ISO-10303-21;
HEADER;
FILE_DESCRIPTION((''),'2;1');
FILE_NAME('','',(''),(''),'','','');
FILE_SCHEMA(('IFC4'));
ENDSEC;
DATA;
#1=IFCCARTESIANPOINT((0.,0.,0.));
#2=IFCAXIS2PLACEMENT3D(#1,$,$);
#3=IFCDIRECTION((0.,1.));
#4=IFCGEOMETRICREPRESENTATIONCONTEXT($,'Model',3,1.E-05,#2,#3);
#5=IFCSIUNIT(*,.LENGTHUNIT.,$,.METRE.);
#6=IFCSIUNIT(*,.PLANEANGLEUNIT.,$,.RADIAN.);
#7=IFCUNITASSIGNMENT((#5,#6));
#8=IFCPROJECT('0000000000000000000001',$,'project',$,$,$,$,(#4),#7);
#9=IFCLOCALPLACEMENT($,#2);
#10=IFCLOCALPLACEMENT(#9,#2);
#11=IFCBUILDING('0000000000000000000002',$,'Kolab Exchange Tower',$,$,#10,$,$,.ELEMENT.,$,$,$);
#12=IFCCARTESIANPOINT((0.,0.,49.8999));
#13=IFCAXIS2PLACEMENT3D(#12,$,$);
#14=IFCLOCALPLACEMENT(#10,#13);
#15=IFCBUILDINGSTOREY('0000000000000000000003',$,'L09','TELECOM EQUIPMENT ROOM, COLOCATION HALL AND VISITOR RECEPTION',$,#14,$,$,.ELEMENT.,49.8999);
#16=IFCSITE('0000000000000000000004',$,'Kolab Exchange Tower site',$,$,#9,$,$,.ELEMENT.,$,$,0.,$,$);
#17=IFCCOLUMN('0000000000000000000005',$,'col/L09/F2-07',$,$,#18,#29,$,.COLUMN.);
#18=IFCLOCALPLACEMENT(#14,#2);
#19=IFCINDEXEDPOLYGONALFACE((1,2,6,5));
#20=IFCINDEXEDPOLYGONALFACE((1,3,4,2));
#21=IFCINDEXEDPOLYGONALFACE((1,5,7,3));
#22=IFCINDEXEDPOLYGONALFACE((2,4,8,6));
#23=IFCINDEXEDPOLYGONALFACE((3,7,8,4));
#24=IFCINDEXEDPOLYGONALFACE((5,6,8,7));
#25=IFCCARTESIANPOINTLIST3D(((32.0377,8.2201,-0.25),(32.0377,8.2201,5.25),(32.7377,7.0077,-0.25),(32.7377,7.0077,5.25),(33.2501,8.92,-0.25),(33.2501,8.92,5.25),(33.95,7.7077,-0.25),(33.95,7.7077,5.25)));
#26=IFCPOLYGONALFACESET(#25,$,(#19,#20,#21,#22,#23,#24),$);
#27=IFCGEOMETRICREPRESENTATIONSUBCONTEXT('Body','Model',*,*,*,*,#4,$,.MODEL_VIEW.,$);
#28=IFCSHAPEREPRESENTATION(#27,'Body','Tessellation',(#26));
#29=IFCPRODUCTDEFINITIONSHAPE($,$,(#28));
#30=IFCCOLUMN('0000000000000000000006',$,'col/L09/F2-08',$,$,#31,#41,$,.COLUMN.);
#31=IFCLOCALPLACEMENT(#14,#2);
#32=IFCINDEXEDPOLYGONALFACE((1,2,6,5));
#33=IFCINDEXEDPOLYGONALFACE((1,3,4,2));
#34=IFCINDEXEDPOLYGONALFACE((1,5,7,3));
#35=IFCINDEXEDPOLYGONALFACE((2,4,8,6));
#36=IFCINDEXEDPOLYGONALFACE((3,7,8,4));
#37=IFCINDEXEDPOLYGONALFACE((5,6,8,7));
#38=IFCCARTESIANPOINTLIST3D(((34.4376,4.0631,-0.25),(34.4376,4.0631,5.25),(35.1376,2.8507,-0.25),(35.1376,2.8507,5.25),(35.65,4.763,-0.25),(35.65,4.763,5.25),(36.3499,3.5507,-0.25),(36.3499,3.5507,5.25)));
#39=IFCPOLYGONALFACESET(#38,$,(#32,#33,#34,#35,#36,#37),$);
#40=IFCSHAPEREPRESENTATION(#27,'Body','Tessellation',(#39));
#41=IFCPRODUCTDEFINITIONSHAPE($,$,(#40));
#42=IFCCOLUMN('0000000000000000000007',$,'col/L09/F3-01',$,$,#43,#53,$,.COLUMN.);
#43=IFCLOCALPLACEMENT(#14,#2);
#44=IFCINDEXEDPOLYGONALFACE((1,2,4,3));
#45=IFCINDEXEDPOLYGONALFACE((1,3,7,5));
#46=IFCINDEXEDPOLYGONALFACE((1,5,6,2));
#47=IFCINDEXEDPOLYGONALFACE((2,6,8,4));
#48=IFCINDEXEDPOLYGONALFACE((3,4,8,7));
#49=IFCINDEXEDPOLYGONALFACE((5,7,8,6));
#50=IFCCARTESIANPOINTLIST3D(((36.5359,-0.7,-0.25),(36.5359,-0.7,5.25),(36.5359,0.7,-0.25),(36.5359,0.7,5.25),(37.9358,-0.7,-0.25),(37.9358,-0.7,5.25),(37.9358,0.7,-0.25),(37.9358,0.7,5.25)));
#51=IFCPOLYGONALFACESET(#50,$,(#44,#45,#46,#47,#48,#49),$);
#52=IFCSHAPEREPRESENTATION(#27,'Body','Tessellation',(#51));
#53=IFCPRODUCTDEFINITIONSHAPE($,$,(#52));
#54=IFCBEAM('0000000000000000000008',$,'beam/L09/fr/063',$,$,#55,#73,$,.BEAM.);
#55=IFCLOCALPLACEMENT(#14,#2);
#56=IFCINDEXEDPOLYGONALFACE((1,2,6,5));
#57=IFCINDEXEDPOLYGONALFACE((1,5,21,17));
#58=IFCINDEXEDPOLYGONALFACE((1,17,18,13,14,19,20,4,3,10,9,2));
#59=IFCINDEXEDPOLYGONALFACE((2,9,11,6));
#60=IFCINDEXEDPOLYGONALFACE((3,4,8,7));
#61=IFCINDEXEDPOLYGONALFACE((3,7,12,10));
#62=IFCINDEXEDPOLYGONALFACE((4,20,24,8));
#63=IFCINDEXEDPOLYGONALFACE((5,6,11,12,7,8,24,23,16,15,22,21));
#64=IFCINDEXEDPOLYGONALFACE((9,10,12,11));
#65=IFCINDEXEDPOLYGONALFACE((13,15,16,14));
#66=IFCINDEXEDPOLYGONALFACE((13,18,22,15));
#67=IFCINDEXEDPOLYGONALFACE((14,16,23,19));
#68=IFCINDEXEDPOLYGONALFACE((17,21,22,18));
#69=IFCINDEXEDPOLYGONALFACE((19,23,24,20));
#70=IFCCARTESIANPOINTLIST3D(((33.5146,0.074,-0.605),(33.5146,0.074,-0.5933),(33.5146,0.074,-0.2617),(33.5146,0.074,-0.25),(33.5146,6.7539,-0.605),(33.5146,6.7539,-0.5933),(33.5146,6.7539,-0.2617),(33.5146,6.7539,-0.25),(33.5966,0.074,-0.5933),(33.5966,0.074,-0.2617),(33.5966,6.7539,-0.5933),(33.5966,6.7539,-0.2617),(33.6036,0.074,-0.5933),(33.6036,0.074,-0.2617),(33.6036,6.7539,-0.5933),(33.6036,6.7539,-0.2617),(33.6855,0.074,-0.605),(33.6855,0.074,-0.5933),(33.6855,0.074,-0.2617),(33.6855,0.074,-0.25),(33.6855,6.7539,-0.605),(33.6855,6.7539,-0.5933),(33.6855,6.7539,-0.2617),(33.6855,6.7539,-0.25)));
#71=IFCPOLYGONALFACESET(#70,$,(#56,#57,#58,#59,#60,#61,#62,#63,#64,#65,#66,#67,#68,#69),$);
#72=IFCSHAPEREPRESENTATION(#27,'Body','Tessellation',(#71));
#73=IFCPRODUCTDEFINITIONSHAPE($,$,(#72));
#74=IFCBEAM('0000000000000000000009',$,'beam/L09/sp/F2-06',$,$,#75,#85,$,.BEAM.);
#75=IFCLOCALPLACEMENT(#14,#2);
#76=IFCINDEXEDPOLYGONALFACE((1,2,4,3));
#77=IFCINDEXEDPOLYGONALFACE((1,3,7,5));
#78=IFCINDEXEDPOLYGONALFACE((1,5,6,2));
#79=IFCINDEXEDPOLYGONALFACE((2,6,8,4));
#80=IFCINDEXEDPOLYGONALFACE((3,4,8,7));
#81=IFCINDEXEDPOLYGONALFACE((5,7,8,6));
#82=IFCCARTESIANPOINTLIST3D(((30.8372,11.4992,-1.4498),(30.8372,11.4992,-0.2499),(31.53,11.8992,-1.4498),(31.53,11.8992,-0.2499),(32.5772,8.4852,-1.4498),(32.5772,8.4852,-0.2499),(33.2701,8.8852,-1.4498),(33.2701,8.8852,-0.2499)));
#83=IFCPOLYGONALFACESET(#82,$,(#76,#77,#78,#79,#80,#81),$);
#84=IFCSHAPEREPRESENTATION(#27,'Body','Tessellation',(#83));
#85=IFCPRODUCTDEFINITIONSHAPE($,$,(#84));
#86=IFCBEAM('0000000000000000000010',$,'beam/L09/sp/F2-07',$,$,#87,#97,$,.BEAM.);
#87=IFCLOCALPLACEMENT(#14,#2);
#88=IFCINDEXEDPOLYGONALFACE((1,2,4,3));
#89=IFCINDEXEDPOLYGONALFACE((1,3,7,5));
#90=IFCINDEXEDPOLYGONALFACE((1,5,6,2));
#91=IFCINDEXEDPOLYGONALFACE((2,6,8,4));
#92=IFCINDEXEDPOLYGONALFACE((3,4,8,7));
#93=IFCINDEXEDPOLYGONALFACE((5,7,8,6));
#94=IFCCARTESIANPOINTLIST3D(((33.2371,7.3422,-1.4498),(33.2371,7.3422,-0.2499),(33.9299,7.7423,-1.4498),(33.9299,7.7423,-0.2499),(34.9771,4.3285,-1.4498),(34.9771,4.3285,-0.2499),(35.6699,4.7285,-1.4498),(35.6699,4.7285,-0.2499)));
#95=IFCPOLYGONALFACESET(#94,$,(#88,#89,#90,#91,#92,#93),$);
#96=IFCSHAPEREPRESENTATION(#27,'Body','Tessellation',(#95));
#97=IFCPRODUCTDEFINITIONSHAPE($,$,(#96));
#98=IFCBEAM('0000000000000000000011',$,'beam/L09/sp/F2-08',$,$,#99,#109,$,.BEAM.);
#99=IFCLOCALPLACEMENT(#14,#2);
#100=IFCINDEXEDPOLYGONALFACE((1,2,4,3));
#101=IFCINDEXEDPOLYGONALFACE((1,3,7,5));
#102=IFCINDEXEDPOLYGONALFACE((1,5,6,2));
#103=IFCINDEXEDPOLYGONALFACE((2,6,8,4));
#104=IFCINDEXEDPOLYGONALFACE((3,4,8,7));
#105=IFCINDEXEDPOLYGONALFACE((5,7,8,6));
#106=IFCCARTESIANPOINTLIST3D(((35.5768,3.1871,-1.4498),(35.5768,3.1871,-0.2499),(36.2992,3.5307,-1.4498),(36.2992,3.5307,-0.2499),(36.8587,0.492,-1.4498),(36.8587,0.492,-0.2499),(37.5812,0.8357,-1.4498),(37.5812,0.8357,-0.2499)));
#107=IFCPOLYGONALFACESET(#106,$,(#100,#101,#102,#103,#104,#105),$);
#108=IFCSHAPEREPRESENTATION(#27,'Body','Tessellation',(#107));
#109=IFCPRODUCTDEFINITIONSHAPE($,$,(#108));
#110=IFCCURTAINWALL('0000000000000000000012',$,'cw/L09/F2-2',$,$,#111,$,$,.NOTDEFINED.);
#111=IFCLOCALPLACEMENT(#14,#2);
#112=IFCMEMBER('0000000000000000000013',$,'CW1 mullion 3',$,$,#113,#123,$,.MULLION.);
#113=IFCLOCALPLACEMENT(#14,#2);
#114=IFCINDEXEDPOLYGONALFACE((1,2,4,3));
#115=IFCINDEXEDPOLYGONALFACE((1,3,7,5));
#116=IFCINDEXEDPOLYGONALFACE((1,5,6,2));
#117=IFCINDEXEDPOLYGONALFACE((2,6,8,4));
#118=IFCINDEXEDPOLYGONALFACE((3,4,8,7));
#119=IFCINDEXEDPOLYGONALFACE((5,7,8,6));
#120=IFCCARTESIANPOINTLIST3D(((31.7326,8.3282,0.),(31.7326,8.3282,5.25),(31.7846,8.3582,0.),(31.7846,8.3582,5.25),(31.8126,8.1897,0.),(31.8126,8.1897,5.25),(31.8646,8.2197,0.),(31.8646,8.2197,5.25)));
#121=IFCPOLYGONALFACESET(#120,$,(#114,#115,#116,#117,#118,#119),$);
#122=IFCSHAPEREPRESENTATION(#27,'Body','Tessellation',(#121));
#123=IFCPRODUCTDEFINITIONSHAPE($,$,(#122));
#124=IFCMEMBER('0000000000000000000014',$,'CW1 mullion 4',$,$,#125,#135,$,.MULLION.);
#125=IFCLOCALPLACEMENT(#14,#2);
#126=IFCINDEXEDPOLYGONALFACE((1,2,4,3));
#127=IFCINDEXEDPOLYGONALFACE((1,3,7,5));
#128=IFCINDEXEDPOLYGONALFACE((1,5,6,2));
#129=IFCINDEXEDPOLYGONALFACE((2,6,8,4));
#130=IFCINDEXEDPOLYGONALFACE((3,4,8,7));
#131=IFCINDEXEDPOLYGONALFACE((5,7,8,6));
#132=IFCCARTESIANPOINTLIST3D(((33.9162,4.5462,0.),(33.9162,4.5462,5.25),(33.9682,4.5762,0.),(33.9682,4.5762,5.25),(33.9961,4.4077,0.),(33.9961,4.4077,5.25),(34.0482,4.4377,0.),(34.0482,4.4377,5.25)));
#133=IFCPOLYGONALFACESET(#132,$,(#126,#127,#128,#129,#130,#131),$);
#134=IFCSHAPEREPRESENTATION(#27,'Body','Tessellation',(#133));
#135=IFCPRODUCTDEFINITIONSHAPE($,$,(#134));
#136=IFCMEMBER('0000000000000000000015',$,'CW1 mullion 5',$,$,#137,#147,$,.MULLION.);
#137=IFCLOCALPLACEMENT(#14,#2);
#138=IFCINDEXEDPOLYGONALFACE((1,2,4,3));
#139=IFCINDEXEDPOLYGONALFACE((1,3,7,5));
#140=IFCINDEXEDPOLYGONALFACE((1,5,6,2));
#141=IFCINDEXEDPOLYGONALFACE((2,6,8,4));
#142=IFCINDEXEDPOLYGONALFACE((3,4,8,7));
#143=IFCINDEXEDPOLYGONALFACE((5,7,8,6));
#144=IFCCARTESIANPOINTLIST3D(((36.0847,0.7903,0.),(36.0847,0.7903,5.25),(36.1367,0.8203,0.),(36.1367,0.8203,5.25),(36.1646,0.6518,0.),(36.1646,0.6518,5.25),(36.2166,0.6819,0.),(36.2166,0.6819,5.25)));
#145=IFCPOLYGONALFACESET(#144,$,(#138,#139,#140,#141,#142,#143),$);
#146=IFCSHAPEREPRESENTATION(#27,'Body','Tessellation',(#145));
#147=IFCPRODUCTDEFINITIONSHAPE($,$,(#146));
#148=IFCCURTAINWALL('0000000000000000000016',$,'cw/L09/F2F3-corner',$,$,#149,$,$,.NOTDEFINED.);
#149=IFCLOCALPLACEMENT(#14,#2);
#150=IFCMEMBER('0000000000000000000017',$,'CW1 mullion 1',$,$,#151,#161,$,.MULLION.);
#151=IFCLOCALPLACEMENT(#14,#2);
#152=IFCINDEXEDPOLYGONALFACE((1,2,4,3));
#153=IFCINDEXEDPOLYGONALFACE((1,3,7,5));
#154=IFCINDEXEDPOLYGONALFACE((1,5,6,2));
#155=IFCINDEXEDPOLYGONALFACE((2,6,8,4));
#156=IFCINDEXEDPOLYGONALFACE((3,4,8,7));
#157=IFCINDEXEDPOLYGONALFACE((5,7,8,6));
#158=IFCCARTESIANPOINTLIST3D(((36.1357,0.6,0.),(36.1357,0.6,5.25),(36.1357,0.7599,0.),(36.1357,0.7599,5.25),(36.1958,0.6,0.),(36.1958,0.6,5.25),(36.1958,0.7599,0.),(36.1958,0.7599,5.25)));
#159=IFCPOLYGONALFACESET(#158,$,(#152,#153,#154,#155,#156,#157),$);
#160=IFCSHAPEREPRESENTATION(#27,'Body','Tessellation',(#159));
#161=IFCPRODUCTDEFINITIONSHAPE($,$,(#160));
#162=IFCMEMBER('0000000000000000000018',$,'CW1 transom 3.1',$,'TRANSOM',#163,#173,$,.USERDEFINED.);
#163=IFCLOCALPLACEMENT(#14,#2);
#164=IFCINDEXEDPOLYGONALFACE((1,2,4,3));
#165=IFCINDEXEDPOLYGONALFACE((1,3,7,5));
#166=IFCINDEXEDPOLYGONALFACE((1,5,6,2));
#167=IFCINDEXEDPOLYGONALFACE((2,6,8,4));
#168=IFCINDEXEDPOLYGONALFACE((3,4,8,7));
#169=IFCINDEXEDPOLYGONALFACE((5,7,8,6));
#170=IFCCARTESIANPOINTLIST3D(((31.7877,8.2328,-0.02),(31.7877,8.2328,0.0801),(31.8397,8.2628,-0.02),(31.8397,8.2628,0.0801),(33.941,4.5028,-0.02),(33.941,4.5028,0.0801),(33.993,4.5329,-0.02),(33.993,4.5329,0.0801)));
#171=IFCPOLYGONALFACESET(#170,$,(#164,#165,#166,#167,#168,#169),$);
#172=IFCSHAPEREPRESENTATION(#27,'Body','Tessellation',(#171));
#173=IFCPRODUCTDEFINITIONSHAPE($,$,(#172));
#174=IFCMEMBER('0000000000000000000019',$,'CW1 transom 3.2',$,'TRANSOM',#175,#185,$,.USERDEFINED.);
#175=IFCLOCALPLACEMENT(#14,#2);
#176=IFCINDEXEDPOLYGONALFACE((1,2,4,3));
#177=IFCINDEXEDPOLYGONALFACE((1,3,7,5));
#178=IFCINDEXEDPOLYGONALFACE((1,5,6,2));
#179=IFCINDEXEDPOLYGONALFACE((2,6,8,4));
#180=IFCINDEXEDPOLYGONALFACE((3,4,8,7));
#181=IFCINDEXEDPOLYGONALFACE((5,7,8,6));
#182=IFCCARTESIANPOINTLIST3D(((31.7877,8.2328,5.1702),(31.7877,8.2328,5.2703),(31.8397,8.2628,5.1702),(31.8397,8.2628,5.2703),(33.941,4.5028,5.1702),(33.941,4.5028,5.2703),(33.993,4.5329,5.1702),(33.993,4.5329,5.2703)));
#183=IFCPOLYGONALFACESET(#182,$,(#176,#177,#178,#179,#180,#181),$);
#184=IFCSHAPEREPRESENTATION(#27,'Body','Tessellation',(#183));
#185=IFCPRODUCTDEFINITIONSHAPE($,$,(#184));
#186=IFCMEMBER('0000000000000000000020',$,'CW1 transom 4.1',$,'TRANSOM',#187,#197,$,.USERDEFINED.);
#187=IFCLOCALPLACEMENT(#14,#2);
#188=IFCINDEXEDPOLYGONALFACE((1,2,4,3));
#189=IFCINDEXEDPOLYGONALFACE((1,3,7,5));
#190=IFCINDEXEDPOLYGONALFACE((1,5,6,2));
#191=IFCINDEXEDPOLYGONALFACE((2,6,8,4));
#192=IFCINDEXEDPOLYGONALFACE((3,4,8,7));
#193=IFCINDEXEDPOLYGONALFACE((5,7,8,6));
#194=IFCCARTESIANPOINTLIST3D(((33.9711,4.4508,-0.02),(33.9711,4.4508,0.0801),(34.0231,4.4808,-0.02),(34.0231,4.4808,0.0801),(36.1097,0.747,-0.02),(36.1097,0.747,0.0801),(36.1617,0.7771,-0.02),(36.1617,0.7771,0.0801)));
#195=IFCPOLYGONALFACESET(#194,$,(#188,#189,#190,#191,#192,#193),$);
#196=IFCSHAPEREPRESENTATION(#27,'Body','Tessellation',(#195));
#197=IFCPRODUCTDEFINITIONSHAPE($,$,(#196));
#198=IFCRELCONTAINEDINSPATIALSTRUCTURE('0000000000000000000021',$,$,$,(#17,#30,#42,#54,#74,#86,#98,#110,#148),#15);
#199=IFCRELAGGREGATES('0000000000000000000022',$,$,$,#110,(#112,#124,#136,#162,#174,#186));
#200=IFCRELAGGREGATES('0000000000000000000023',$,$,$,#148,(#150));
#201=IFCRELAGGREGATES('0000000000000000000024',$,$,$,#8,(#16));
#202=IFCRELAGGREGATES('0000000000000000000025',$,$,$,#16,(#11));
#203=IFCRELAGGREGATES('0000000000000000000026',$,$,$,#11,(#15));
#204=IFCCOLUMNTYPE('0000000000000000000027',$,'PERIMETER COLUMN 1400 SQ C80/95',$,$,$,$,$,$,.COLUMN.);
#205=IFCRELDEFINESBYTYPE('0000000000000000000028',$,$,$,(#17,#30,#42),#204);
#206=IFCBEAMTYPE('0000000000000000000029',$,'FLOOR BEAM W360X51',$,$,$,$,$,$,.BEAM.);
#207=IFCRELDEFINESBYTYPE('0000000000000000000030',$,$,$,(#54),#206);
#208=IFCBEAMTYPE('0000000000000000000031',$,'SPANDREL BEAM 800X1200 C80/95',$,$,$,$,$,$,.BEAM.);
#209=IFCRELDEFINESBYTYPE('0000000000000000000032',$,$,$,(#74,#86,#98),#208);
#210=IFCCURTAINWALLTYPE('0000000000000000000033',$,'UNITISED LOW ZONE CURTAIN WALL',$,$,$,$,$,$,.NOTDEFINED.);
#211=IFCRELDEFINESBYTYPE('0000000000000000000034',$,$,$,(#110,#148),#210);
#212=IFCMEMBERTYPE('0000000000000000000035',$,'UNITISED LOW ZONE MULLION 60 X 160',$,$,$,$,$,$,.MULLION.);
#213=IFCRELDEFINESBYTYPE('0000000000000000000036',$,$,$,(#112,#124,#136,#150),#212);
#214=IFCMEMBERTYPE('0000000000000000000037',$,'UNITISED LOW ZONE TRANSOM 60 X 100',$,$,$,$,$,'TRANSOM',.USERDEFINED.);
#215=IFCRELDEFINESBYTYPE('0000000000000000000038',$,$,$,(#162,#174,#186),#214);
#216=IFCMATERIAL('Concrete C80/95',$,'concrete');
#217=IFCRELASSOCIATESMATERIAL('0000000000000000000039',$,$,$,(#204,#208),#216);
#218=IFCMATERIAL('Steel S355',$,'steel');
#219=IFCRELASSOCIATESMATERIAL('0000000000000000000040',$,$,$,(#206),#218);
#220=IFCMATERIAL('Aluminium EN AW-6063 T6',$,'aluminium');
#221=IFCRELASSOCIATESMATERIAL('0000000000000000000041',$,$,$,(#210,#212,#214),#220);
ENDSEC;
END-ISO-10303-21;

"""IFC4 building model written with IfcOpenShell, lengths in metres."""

from ifc_helpers import new_model, si_unit, direction, frame, origin, origin_2d, place, context, subcontext, project, spatial, rectangle, i_section, extrude, material, material_profile, profile_set, type_object, element, aggregate, save


model = new_model("IFC4")

# Units and contexts
model_context = context("Model", 3, precision=1e-05, world=origin(), true_north=direction((0.0, 1.0)))
body_context = subcontext(model_context, "Body", "Model", "MODEL_VIEW")
ifc_project = project(units=[si_unit("LENGTHUNIT", "METRE"), si_unit("PLANEANGLEUNIT", "RADIAN")], contexts=[model_context])

# Site, building, storey
site_placement = place(None, origin())
site = spatial("IfcSite", under=ifc_project, at=site_placement, Name="Kolab Exchange Tower site", CompositionType="ELEMENT", RefElevation=0.0)
building_placement = place(site_placement, origin())
building = spatial("IfcBuilding", under=site, at=building_placement, Name="Kolab Exchange Tower", CompositionType="ELEMENT")
storey_placement = place(building_placement, frame((0.0, 0.0, 49.8999)))
storey = spatial("IfcBuildingStorey", under=building, at=storey_placement, Name="L09", Description="TELECOM EQUIPMENT ROOM, COLOCATION HALL AND VISITOR RECEPTION", CompositionType="ELEMENT", Elevation=49.8999)

# Columns
ifc_material_1 = material(Name="Concrete C80/95", Category="concrete")
ifc_material_profile_1 = material_profile(ifc_material_1, rectangle(XDim=1.3999, YDim=1.3999, at=origin_2d()), Name="RC1400")
ifc_profile_set_1 = profile_set([ifc_material_profile_1], Name="Concrete C80/95")
column_type = type_object("IfcColumnType", Name="PERIMETER COLUMN 1400 SQ C80/95", PredefinedType="COLUMN", material=ifc_profile_set_1)
for number, where, z_axis, x_axis, name in (
    (1, (32.9939, 7.9639, -0.25), (0.0, 0.0, 1.0), (0.866025, 0.5, 0.0), "col/L09/F2-07"),
    (2, (35.3938, 3.8069, -0.25), (0.0, 0.0, 1.0), (0.866025, 0.5, 0.0), "col/L09/F2-08"),
    (3, (37.2358, 0.0, -0.25), (0.0, 0.0, 1.0), (1.0, 0.0, 0.0), "col/L09/F3-01"),
):
    element("IfcColumn", number, at=place(storey_placement, frame(where, z_axis=z_axis, x_axis=x_axis)), inside=storey, type_object=column_type, Name=name, PredefinedType="COLUMN", context=body_context, shape_type="SweptSolid", body=[
        extrude(rectangle(XDim=1.3999, YDim=1.3999, at=origin_2d()), origin(), (0.0, 0.0, 1.0), 5.5),
    ])

# Beams
ifc_material_2 = material(Name="Steel S355", Category="steel")
ifc_material_profile_2 = material_profile(ifc_material_2, i_section(OverallWidth=0.1709, OverallDepth=0.355, WebThickness=0.0071, FlangeThickness=0.0117, at=origin_2d()), Name="W360X51")
ifc_profile_set_2 = profile_set([ifc_material_profile_2], Name="Steel S355")
beam_type_1 = type_object("IfcBeamType", Name="FLOOR BEAM W360X51", PredefinedType="BEAM", material=ifc_profile_set_2)
beam_1_placement = place(storey_placement, frame((33.6001, 0.074, -0.4275), z_axis=(0.0, 1.0, 0.0), x_axis=(-1.0, 0.0, 0.0)))
element("IfcBeam", 4, at=beam_1_placement, inside=storey, type_object=beam_type_1, Name="beam/L09/fr/063", PredefinedType="BEAM", context=body_context, shape_type="SweptSolid", body=[
    extrude(i_section(OverallWidth=0.1709, OverallDepth=0.355, WebThickness=0.0071, FlangeThickness=0.0117, at=origin_2d()), origin(), (0.0, 0.0, 1.0), 6.6799),
])
ifc_material_profile_3 = material_profile(ifc_material_1, rectangle(XDim=0.8, YDim=1.2, at=origin_2d()), Name="RC800X1200")
ifc_profile_set_3 = profile_set([ifc_material_profile_3], Name="Concrete C80/95")
beam_type_2 = type_object("IfcBeamType", Name="SPANDREL BEAM 800X1200 C80/95", PredefinedType="BEAM", material=ifc_profile_set_3)
beam_2_placement = place(storey_placement, frame((31.1836, 11.6992, -0.8499), z_axis=(0.49998, -0.866037, 0.0), x_axis=(0.866037, 0.49998, 0.0)))
element("IfcBeam", 5, at=beam_2_placement, inside=storey, type_object=beam_type_2, Name="beam/L09/sp/F2-06", PredefinedType="BEAM", context=body_context, shape_type="SweptSolid", body=[
    extrude(rectangle(XDim=0.8, YDim=1.2, at=origin_2d()), origin(), (0.0, 0.0, 1.0), 3.4802),
])
beam_3_placement = place(storey_placement, frame((33.5835, 7.5422, -0.8499), z_axis=(0.50001, -0.86602, 0.0), x_axis=(0.86602, 0.50001, 0.0)))
element("IfcBeam", 6, at=beam_3_placement, inside=storey, type_object=beam_type_2, Name="beam/L09/sp/F2-07", PredefinedType="BEAM", context=body_context, shape_type="SweptSolid", body=[
    extrude(rectangle(XDim=0.8, YDim=1.2, at=origin_2d()), origin(), (0.0, 0.0, 1.0), 3.48),
])
beam_4_placement = place(storey_placement, frame((35.938, 3.3589, -0.8499), z_axis=(0.429556, -0.90304, 0.0), x_axis=(0.90304, 0.429556, 0.0)))
element("IfcBeam", 7, at=beam_4_placement, inside=storey, type_object=beam_type_2, Name="beam/L09/sp/F2-08", PredefinedType="BEAM", context=body_context, shape_type="SweptSolid", body=[
    extrude(rectangle(XDim=0.8, YDim=1.2, at=origin_2d()), origin(), (0.0, 0.0, 1.0), 2.9844),
])

# Curtain wall, members
ifc_material_3 = material(Name="Aluminium EN AW-6063 T6", Category="aluminium")
curtain_wall_type = type_object("IfcCurtainWallType", Name="UNITISED LOW ZONE CURTAIN WALL", PredefinedType="NOTDEFINED", material=ifc_material_3)
curtain_wall_1_placement = place(storey_placement, origin())
curtain_wall_1 = element("IfcCurtainWall", 8, at=curtain_wall_1_placement, inside=storey, type_object=curtain_wall_type, Name="cw/L09/F2-2", PredefinedType="NOTDEFINED")
ifc_material_profile_4 = material_profile(ifc_material_3, rectangle(XDim=0.0601, YDim=0.1599, at=origin_2d()), Name="RECT 60X160")
ifc_profile_set_4 = profile_set([ifc_material_profile_4], Name="Aluminium EN AW-6063 T6")
member_type_1 = type_object("IfcMemberType", Name="UNITISED LOW ZONE MULLION 60 X 160", PredefinedType="MULLION", material=ifc_profile_set_4)
member_1_placement = place(storey_placement, frame((31.7986, 8.2739, 0.0), z_axis=(0.0, 0.0, 1.0), x_axis=(0.866025, 0.5, 0.0)))
member_1 = element("IfcMember", 9, at=member_1_placement, type_object=member_type_1, Name="CW1 mullion 3", PredefinedType="MULLION", context=body_context, shape_type="SweptSolid", body=[
    extrude(rectangle(XDim=0.0601, YDim=0.1599, at=origin_2d()), origin(), (0.0, 0.0, 1.0), 5.25),
])
member_2_placement = place(storey_placement, frame((33.9822, 4.4919, 0.0), z_axis=(0.0, 0.0, 1.0), x_axis=(0.866025, 0.5, 0.0)))
member_2 = element("IfcMember", 10, at=member_2_placement, type_object=member_type_1, Name="CW1 mullion 4", PredefinedType="MULLION", context=body_context, shape_type="SweptSolid", body=[
    extrude(rectangle(XDim=0.0601, YDim=0.1599, at=origin_2d()), origin(), (0.0, 0.0, 1.0), 5.25),
])
member_3_placement = place(storey_placement, frame((36.1506, 0.7361, 0.0), z_axis=(0.0, 0.0, 1.0), x_axis=(0.866025, 0.5, 0.0)))
member_3 = element("IfcMember", 11, at=member_3_placement, type_object=member_type_1, Name="CW1 mullion 5", PredefinedType="MULLION", context=body_context, shape_type="SweptSolid", body=[
    extrude(rectangle(XDim=0.0601, YDim=0.1599, at=origin_2d()), origin(), (0.0, 0.0, 1.0), 5.25),
])

# Curtain wall, member
curtain_wall_2_placement = place(storey_placement, origin())
curtain_wall_2 = element("IfcCurtainWall", 12, at=curtain_wall_2_placement, inside=storey, type_object=curtain_wall_type, Name="cw/L09/F2F3-corner", PredefinedType="NOTDEFINED")
member_4_placement = place(storey_placement, frame((36.1658, 0.6799, 0.0), z_axis=(0.0, 0.0, 1.0), x_axis=(1.0, 0.0, 0.0)))
member_4 = element("IfcMember", 13, at=member_4_placement, type_object=member_type_1, Name="CW1 mullion 1", PredefinedType="MULLION", context=body_context, shape_type="SweptSolid", body=[
    extrude(rectangle(XDim=0.0601, YDim=0.1599, at=origin_2d()), origin(), (0.0, 0.0, 1.0), 5.25),
])

# Members
ifc_material_profile_5 = material_profile(ifc_material_3, rectangle(XDim=0.0601, YDim=0.1001, at=origin_2d()), Name="RECT 60X100")
ifc_profile_set_5 = profile_set([ifc_material_profile_5], Name="Aluminium EN AW-6063 T6")
member_type_2 = type_object("IfcMemberType", Name="UNITISED LOW ZONE TRANSOM 60 X 100", ElementType="TRANSOM", PredefinedType="USERDEFINED", material=ifc_profile_set_5)
member_5_placement = place(storey_placement, frame((31.8137, 8.2478, 0.03), z_axis=(0.499968, -0.866044, 0.0), x_axis=(0.866044, 0.499968, 0.0)))
member_5 = element("IfcMember", 14, at=member_5_placement, type_object=member_type_2, Name="CW1 transom 3.1", ObjectType="TRANSOM", PredefinedType="USERDEFINED", context=body_context, shape_type="SweptSolid", body=[
    extrude(rectangle(XDim=0.0601, YDim=0.1001, at=origin_2d()), origin(), (0.0, 0.0, 1.0), 4.3069),
])
member_6_placement = place(storey_placement, frame((31.8137, 8.2478, 5.2202), z_axis=(0.499968, -0.866044, 0.0), x_axis=(0.866044, 0.499968, 0.0)))
member_6 = element("IfcMember", 15, at=member_6_placement, type_object=member_type_2, Name="CW1 transom 3.2", ObjectType="TRANSOM", PredefinedType="USERDEFINED", context=body_context, shape_type="SweptSolid", body=[
    extrude(rectangle(XDim=0.0601, YDim=0.1001, at=origin_2d()), origin(), (0.0, 0.0, 1.0), 4.3069),
])
member_7_placement = place(storey_placement, frame((33.9971, 4.4658, 0.03), z_axis=(0.500044, -0.866, 0.0), x_axis=(0.866, 0.500044, 0.0)))
member_7 = element("IfcMember", 16, at=member_7_placement, type_object=member_type_2, Name="CW1 transom 4.1", ObjectType="TRANSOM", PredefinedType="USERDEFINED", context=body_context, shape_type="SweptSolid", body=[
    extrude(rectangle(XDim=0.0601, YDim=0.1001, at=origin_2d()), origin(), (0.0, 0.0, 1.0), 4.2769),
])

aggregate(curtain_wall_1, [member_1, member_2, member_3, member_5, member_6, member_7])
aggregate(curtain_wall_2, [member_4])

save(model, "model.ifc")
